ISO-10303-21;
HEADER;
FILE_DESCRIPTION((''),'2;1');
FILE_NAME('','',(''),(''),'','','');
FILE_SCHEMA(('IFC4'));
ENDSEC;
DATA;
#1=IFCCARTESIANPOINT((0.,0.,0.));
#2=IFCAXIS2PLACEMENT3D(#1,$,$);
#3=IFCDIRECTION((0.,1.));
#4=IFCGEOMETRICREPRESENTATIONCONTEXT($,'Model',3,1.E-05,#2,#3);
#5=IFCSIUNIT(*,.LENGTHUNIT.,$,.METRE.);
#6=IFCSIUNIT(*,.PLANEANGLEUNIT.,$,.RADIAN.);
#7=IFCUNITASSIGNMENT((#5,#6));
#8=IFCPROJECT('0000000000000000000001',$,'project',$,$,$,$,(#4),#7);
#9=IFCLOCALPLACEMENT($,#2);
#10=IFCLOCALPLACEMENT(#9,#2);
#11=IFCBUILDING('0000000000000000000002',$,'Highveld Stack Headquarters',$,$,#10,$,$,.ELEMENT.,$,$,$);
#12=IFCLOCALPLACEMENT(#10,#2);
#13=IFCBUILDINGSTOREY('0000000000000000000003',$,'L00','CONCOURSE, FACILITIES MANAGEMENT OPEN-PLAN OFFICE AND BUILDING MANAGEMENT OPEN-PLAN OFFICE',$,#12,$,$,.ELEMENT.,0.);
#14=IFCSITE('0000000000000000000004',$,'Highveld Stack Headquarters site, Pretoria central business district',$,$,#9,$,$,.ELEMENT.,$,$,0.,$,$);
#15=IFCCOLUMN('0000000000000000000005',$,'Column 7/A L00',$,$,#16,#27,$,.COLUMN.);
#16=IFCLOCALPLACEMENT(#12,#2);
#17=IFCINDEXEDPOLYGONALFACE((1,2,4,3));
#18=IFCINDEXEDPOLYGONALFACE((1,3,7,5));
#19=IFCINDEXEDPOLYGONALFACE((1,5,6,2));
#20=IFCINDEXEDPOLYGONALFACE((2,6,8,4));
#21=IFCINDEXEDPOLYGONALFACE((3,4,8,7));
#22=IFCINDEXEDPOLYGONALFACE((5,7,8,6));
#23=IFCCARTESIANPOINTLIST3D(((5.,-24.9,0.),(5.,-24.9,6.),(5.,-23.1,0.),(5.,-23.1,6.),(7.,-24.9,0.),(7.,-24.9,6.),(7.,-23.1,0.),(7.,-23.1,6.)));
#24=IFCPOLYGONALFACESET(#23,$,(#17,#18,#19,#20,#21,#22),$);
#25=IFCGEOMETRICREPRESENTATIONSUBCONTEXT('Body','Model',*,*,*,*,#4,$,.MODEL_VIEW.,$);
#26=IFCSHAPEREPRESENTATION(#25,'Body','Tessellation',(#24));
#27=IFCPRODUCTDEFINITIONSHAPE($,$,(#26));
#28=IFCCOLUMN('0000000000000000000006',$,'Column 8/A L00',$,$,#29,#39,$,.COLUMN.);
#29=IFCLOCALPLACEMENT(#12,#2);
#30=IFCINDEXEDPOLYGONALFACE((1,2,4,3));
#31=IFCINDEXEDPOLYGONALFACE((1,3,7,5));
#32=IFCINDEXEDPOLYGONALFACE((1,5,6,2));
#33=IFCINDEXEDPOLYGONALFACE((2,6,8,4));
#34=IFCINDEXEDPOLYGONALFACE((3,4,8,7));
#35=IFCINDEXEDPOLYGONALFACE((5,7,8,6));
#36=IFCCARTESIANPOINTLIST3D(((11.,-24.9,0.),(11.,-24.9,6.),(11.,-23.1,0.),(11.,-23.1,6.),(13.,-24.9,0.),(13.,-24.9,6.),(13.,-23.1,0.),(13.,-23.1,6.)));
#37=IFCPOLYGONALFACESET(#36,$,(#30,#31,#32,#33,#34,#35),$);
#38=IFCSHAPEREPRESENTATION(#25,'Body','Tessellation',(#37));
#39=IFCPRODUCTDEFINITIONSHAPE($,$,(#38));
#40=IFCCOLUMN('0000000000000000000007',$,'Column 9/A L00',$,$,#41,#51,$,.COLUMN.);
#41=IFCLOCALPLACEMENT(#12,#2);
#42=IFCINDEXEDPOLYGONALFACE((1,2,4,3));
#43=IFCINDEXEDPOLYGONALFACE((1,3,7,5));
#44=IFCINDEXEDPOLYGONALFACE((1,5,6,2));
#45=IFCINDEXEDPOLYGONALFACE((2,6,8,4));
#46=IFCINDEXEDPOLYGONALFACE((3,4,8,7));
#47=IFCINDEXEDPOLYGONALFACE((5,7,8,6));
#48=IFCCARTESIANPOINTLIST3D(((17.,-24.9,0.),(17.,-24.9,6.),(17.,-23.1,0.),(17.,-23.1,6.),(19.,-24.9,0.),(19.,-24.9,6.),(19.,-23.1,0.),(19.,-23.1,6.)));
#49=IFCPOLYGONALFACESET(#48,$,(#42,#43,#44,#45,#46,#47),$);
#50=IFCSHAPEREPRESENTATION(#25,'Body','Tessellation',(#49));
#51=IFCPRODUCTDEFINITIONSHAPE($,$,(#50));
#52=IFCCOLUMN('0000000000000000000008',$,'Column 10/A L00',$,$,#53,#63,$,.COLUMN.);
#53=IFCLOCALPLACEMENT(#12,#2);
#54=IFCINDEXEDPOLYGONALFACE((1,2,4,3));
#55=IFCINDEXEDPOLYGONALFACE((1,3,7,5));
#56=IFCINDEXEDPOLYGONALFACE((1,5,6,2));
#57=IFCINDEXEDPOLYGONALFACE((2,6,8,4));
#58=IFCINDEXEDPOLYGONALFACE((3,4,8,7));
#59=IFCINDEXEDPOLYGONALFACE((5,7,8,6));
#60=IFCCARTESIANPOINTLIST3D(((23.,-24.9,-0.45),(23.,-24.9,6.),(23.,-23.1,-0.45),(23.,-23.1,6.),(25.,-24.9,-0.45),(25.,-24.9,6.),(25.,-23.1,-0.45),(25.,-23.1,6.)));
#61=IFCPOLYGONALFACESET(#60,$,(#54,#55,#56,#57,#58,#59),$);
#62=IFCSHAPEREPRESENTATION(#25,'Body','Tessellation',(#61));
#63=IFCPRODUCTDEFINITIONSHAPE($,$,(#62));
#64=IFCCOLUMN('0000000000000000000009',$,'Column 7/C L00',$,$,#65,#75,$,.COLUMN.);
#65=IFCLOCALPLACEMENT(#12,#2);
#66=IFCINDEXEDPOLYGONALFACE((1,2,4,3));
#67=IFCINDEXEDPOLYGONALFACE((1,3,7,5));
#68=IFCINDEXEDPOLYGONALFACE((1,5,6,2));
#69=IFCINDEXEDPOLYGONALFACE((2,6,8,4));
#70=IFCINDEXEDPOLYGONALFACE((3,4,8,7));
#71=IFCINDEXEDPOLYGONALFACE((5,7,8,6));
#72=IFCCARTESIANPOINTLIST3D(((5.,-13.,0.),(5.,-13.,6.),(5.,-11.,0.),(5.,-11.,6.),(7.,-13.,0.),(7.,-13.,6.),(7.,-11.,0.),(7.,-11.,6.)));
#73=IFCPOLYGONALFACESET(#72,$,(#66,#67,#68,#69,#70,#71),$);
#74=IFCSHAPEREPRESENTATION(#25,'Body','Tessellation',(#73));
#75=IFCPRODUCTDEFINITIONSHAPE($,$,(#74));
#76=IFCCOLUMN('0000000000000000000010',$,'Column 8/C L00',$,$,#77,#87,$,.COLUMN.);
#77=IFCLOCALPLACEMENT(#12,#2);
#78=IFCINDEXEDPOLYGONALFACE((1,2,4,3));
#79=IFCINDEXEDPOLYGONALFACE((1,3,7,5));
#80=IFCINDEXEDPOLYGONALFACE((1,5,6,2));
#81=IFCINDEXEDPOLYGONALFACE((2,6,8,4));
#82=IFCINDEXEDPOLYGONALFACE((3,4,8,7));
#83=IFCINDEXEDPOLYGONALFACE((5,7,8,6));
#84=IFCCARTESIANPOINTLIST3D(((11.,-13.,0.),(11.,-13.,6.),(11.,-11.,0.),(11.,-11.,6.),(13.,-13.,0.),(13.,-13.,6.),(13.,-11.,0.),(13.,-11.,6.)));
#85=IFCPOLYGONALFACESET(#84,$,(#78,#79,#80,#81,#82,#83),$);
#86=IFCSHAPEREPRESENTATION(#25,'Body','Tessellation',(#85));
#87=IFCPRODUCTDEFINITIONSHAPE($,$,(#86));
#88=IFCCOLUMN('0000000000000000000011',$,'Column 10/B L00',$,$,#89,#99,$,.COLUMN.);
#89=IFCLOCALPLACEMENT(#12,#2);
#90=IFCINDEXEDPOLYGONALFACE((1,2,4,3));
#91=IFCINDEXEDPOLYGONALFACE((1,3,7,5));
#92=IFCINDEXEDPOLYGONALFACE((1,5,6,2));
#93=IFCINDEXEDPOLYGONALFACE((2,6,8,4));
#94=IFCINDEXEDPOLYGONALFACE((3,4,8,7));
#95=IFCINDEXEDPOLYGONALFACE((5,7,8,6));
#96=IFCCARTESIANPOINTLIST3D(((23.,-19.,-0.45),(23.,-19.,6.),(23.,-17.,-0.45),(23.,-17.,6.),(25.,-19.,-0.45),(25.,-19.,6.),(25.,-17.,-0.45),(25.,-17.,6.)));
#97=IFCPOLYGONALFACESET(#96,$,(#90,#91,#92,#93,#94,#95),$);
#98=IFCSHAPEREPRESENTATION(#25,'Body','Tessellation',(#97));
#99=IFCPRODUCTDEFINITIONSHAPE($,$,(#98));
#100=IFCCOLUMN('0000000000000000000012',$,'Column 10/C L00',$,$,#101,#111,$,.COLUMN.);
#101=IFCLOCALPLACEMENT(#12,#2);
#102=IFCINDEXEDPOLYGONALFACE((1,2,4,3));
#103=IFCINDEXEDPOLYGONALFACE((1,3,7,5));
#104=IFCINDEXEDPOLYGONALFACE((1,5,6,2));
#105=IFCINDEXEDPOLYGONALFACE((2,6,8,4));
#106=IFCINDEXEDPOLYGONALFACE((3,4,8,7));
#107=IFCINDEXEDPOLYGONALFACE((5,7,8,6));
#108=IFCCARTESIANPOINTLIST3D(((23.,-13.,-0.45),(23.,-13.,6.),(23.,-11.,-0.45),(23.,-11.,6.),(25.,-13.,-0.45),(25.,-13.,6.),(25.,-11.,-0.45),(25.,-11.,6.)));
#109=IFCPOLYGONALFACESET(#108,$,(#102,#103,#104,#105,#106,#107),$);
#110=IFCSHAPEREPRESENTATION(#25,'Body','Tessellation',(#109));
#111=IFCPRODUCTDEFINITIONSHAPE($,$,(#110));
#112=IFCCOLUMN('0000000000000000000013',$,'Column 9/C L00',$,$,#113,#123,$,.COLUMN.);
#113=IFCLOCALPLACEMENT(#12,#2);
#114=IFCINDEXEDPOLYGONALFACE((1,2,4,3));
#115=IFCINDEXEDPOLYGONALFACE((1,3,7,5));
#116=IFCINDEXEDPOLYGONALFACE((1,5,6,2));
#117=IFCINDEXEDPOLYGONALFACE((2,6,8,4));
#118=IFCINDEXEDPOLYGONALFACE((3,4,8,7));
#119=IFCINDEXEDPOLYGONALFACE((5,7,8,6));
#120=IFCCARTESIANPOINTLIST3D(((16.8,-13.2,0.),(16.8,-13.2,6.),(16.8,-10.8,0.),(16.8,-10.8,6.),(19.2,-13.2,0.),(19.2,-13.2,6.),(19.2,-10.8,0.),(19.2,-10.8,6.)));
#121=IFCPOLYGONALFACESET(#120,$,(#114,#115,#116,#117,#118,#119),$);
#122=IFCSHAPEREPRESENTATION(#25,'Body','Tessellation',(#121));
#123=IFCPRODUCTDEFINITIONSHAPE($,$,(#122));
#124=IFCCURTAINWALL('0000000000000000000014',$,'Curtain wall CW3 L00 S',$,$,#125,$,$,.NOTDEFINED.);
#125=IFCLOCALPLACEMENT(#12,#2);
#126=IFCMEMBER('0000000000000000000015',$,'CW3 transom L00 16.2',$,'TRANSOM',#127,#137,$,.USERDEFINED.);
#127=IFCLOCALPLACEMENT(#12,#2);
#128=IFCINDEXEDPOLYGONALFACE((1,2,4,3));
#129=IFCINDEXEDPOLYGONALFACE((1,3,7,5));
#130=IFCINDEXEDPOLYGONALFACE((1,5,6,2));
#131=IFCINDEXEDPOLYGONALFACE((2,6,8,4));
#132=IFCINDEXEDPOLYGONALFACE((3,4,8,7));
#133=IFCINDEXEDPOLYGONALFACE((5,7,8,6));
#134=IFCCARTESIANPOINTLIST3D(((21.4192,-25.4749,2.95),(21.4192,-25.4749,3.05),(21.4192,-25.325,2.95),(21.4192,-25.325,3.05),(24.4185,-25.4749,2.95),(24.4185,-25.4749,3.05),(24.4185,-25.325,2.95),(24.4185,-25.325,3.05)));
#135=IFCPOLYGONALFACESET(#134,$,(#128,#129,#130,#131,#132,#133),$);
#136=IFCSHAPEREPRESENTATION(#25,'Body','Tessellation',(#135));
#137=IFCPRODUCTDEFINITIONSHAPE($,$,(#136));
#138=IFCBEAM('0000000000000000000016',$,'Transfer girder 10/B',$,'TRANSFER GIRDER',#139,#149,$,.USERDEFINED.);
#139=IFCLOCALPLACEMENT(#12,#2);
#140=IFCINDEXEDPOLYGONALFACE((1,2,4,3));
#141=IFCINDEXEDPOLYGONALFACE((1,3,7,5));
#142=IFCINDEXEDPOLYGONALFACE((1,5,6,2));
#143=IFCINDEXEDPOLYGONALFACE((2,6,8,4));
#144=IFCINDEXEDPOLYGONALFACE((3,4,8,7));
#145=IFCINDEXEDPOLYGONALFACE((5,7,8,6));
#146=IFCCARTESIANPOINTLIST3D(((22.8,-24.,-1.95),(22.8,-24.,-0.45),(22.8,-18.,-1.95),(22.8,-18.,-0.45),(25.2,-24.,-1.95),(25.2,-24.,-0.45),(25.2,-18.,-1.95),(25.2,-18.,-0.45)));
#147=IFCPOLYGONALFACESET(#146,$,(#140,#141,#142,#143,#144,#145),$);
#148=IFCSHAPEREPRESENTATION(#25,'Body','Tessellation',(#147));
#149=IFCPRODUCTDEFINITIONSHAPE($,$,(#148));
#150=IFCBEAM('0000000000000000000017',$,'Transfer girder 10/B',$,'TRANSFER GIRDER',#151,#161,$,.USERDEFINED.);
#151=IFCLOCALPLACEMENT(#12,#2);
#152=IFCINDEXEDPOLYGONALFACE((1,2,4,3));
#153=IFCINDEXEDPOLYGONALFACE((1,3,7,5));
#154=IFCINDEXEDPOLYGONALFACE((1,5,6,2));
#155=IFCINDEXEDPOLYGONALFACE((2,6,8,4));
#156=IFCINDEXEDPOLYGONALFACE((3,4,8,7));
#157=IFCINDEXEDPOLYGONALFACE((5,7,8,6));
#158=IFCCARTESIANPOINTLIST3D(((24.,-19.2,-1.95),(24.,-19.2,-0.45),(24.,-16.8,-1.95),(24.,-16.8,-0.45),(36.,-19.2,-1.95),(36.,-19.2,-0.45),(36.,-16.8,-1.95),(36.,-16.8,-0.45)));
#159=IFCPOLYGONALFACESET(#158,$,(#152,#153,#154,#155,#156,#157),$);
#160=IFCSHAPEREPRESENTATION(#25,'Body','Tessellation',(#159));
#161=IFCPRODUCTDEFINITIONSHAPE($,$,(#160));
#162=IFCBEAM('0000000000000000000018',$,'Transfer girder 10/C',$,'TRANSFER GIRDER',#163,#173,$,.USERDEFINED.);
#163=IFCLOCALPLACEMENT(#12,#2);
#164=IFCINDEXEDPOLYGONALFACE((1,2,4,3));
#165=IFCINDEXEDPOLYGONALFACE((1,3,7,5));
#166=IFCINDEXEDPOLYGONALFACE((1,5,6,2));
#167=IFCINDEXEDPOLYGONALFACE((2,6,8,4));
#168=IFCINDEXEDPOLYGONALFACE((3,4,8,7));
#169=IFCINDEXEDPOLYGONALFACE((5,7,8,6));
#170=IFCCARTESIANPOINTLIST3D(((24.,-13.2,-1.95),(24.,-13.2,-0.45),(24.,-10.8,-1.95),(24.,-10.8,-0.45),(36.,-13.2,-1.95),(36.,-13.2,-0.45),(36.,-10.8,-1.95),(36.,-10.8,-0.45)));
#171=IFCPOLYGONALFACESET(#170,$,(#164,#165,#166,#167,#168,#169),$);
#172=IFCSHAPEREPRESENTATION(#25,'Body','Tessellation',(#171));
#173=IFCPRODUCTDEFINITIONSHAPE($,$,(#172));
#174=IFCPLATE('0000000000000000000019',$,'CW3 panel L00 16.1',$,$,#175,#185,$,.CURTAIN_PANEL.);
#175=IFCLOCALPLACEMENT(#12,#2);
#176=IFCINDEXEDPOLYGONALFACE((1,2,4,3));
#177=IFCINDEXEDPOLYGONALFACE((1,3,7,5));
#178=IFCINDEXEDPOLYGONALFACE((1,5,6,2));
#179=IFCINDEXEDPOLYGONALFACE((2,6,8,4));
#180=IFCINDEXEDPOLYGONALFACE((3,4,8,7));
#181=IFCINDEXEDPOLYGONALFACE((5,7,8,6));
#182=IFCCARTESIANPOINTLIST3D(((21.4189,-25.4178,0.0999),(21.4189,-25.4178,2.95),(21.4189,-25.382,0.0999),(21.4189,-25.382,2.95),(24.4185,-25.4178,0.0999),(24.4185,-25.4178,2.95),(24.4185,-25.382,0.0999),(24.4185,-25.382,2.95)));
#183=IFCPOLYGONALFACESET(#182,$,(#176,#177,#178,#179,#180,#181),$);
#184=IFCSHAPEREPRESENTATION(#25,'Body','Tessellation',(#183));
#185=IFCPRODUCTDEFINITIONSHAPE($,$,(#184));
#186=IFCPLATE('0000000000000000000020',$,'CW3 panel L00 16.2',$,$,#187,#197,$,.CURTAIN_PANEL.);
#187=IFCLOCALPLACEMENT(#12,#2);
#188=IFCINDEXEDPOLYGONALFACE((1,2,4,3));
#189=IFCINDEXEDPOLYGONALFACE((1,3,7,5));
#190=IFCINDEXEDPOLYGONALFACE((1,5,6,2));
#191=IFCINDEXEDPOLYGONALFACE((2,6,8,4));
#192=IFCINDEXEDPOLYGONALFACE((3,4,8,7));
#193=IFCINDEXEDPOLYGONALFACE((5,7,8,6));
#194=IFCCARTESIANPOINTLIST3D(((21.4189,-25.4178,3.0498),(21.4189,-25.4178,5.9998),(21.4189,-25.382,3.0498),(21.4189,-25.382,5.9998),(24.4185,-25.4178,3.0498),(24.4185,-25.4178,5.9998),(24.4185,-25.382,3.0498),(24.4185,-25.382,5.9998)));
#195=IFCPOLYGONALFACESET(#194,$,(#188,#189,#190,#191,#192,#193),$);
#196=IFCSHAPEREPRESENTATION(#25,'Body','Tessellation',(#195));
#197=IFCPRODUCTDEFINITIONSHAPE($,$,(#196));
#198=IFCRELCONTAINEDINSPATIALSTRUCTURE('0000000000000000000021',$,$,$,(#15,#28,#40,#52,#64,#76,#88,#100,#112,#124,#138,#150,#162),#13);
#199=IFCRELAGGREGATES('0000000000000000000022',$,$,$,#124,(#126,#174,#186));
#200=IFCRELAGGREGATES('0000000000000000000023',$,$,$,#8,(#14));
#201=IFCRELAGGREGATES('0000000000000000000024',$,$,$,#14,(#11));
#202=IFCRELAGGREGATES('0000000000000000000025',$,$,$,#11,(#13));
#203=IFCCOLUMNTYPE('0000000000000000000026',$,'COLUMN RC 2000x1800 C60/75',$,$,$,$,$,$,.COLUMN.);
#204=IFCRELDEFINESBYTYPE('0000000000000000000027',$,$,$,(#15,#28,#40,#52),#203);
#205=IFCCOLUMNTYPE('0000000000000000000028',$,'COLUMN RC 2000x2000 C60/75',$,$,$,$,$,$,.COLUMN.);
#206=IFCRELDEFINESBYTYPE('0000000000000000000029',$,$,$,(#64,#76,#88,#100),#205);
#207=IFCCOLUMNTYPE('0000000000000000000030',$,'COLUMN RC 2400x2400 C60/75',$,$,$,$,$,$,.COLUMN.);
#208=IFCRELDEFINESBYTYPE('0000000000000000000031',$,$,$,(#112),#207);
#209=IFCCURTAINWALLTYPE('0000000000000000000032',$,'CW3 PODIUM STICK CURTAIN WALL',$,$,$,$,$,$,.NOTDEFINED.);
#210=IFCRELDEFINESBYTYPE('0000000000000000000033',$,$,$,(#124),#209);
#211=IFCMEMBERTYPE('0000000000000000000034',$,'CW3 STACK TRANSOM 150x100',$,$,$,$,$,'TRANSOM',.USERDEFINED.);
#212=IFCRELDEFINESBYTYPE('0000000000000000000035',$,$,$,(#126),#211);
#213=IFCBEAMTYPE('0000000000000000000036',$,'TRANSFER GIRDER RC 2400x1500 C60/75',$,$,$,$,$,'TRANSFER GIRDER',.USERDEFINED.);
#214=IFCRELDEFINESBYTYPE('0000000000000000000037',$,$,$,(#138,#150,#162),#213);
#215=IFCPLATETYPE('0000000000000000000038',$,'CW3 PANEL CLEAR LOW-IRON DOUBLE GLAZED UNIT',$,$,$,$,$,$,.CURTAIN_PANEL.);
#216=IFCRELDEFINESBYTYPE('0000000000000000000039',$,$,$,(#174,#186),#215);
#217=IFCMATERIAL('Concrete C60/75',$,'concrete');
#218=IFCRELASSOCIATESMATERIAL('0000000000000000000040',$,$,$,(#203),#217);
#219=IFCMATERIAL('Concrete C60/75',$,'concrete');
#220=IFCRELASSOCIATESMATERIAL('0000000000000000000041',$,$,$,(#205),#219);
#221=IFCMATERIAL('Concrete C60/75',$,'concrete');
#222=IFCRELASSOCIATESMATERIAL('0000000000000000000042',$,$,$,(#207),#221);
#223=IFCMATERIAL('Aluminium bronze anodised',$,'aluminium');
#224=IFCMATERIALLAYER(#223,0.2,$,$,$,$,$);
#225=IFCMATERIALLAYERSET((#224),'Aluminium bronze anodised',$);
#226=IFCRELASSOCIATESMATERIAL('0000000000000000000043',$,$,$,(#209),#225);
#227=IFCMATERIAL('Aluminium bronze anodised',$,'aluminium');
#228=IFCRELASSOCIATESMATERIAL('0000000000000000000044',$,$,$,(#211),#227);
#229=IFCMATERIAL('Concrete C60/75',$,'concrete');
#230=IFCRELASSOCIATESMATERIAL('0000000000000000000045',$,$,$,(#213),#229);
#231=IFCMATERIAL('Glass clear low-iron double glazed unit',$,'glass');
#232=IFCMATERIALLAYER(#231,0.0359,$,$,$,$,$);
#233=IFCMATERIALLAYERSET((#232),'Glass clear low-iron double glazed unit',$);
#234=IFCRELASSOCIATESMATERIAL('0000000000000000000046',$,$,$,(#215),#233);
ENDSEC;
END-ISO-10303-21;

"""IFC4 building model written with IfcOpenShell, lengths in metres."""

from ifc_helpers import new_model, si_unit, direction, frame, origin, origin_2d, place, context, subcontext, project, spatial, rectangle, extrude, material, layer, layer_set, material_profile, profile_set, type_object, element, aggregate, save


model = new_model("IFC4")

# Units and contexts
model_context = context("Model", 3, precision=1e-05, world=origin(), true_north=direction((0.0, 1.0)))
body_context = subcontext(model_context, "Body", "Model", "MODEL_VIEW")
ifc_project = project(units=[si_unit("LENGTHUNIT", "METRE"), si_unit("PLANEANGLEUNIT", "RADIAN")], contexts=[model_context])

# Site, building, storey
site_placement = place(None, origin())
site = spatial("IfcSite", under=ifc_project, at=site_placement, Name="Highveld Stack Headquarters site, Pretoria central business district", CompositionType="ELEMENT", RefElevation=0.0)
building_placement = place(site_placement, origin())
building = spatial("IfcBuilding", under=site, at=building_placement, Name="Highveld Stack Headquarters", CompositionType="ELEMENT")
storey_placement = place(building_placement, origin())
storey = spatial("IfcBuildingStorey", under=building, at=storey_placement, Name="L00", Description="CONCOURSE, FACILITIES MANAGEMENT OPEN-PLAN OFFICE AND BUILDING MANAGEMENT OPEN-PLAN OFFICE", CompositionType="ELEMENT", Elevation=0.0)

# Columns
ifc_material_1 = material(Name="Concrete C60/75", Category="concrete")
ifc_material_profile_1 = material_profile(ifc_material_1, rectangle(XDim=2.0, YDim=1.8, at=origin_2d()), Name="RC 2000x1800")
ifc_profile_set_1 = profile_set([ifc_material_profile_1], Name="Concrete C60/75")
column_type_1 = type_object("IfcColumnType", Name="COLUMN RC 2000x1800 C60/75", PredefinedType="COLUMN", material=ifc_profile_set_1)
for number, where, z_axis, x_axis, name in (
    (1, (6.0, -24.0, 0.0), (0.0, 0.0, 1.0), (1.0, 0.0, 0.0), "Column 7/A L00"),
    (2, (12.0, -24.0, 0.0), (0.0, 0.0, 1.0), (1.0, 0.0, 0.0), "Column 8/A L00"),
    (3, (18.0, -24.0, 0.0), (0.0, 0.0, 1.0), (1.0, 0.0, 0.0), "Column 9/A L00"),
):
    element("IfcColumn", number, at=place(storey_placement, frame(where, z_axis=z_axis, x_axis=x_axis)), inside=storey, type_object=column_type_1, Name=name, PredefinedType="COLUMN", context=body_context, shape_type="SweptSolid", body=[
        extrude(rectangle(XDim=2.0, YDim=1.8, at=origin_2d()), origin(), (0.0, 0.0, 1.0), 6.0),
    ])
column_1_placement = place(storey_placement, frame((24.0, -24.0, -0.45), z_axis=(0.0, 0.0, 1.0), x_axis=(1.0, 0.0, 0.0)))
element("IfcColumn", 4, at=column_1_placement, inside=storey, type_object=column_type_1, Name="Column 10/A L00", PredefinedType="COLUMN", context=body_context, shape_type="SweptSolid", body=[
    extrude(rectangle(XDim=2.0, YDim=1.8, at=origin_2d()), origin(), (0.0, 0.0, 1.0), 6.45),
])
ifc_material_2 = material(Name="Concrete C60/75", Category="concrete")
ifc_material_profile_2 = material_profile(ifc_material_2, rectangle(XDim=2.0, YDim=2.0, at=origin_2d()), Name="RC 2000x2000")
ifc_profile_set_2 = profile_set([ifc_material_profile_2], Name="Concrete C60/75")
column_type_2 = type_object("IfcColumnType", Name="COLUMN RC 2000x2000 C60/75", PredefinedType="COLUMN", material=ifc_profile_set_2)
for number, where, z_axis, x_axis, name in (
    (5, (6.0, -12.0, 0.0), (0.0, 0.0, 1.0), (1.0, 0.0, 0.0), "Column 7/C L00"),
    (6, (12.0, -12.0, 0.0), (0.0, 0.0, 1.0), (1.0, 0.0, 0.0), "Column 8/C L00"),
):
    element("IfcColumn", number, at=place(storey_placement, frame(where, z_axis=z_axis, x_axis=x_axis)), inside=storey, type_object=column_type_2, Name=name, PredefinedType="COLUMN", context=body_context, shape_type="SweptSolid", body=[
        extrude(rectangle(XDim=2.0, YDim=2.0, at=origin_2d()), origin(), (0.0, 0.0, 1.0), 6.0),
    ])
for number, where, z_axis, x_axis, name in (
    (7, (24.0, -18.0, -0.45), (0.0, 0.0, 1.0), (1.0, 0.0, 0.0), "Column 10/B L00"),
    (8, (24.0, -12.0, -0.45), (0.0, 0.0, 1.0), (1.0, 0.0, 0.0), "Column 10/C L00"),
):
    element("IfcColumn", number, at=place(storey_placement, frame(where, z_axis=z_axis, x_axis=x_axis)), inside=storey, type_object=column_type_2, Name=name, PredefinedType="COLUMN", context=body_context, shape_type="SweptSolid", body=[
        extrude(rectangle(XDim=2.0, YDim=2.0, at=origin_2d()), origin(), (0.0, 0.0, 1.0), 6.45),
    ])
ifc_material_3 = material(Name="Concrete C60/75", Category="concrete")
ifc_material_profile_3 = material_profile(ifc_material_3, rectangle(XDim=2.3999, YDim=2.3999, at=origin_2d()), Name="RC 2400x2400")
ifc_profile_set_3 = profile_set([ifc_material_profile_3], Name="Concrete C60/75")
column_type_3 = type_object("IfcColumnType", Name="COLUMN RC 2400x2400 C60/75", PredefinedType="COLUMN", material=ifc_profile_set_3)
column_2_placement = place(storey_placement, frame((18.0, -12.0, 0.0), z_axis=(0.0, 0.0, 1.0), x_axis=(1.0, 0.0, 0.0)))
element("IfcColumn", 9, at=column_2_placement, inside=storey, type_object=column_type_3, Name="Column 9/C L00", PredefinedType="COLUMN", context=body_context, shape_type="SweptSolid", body=[
    extrude(rectangle(XDim=2.3999, YDim=2.3999, at=origin_2d()), origin(), (0.0, 0.0, 1.0), 6.0),
])

# Curtain wall, member
ifc_material_4 = material(Name="Aluminium bronze anodised", Category="aluminium")
ifc_layer_1 = layer(ifc_material_4, 0.2)
ifc_layer_set_1 = layer_set([ifc_layer_1], Name="Aluminium bronze anodised")
curtain_wall_type = type_object("IfcCurtainWallType", Name="CW3 PODIUM STICK CURTAIN WALL", PredefinedType="NOTDEFINED", material=ifc_layer_set_1)
curtain_wall_placement = place(storey_placement, origin())
curtain_wall = element("IfcCurtainWall", 10, at=curtain_wall_placement, inside=storey, type_object=curtain_wall_type, Name="Curtain wall CW3 L00 S", PredefinedType="NOTDEFINED")
ifc_material_5 = material(Name="Aluminium bronze anodised", Category="aluminium")
ifc_material_profile_4 = material_profile(ifc_material_5, rectangle(XDim=0.1499, YDim=0.1001, at=origin_2d()), Name="CW3 TRANSOM 150x100")
ifc_profile_set_4 = profile_set([ifc_material_profile_4], Name="Aluminium bronze anodised")
member_type = type_object("IfcMemberType", Name="CW3 STACK TRANSOM 150x100", ElementType="TRANSOM", PredefinedType="USERDEFINED", material=ifc_profile_set_4)
member_placement = place(storey_placement, frame((21.4192, -25.3999, 3.0), z_axis=(1.0, 0.0, 0.0), x_axis=(0.0, 1.0, 0.0)))
member = element("IfcMember", 11, at=member_placement, type_object=member_type, Name="CW3 transom L00 16.2", ObjectType="TRANSOM", PredefinedType="USERDEFINED", context=body_context, shape_type="SweptSolid", body=[
    extrude(rectangle(XDim=0.1499, YDim=0.1001, at=origin_2d()), origin(), (0.0, 0.0, 1.0), 2.9993),
])

# Beams
ifc_material_6 = material(Name="Concrete C60/75", Category="concrete")
ifc_material_profile_5 = material_profile(ifc_material_6, rectangle(XDim=2.3999, YDim=1.5, at=origin_2d()), Name="RC 2400x1500")
ifc_profile_set_5 = profile_set([ifc_material_profile_5], Name="Concrete C60/75")
beam_type = type_object("IfcBeamType", Name="TRANSFER GIRDER RC 2400x1500 C60/75", ElementType="TRANSFER GIRDER", PredefinedType="USERDEFINED", material=ifc_profile_set_5)
beam_placement = place(storey_placement, frame((24.0, -18.0, -1.2), z_axis=(0.0, -1.0, 0.0), x_axis=(1.0, 0.0, 0.0)))
element("IfcBeam", 12, at=beam_placement, inside=storey, type_object=beam_type, Name="Transfer girder 10/B", ObjectType="TRANSFER GIRDER", PredefinedType="USERDEFINED", context=body_context, shape_type="SweptSolid", body=[
    extrude(rectangle(XDim=2.3999, YDim=1.5, at=origin_2d()), origin(), (0.0, 0.0, 1.0), 6.0),
])
for number, where, z_axis, x_axis, name in (
    (13, (24.0, -18.0, -1.2), (1.0, 0.0, 0.0), (0.0, 1.0, 0.0), "Transfer girder 10/B"),
    (14, (24.0, -12.0, -1.2), (1.0, 0.0, 0.0), (0.0, 1.0, 0.0), "Transfer girder 10/C"),
):
    element("IfcBeam", number, at=place(storey_placement, frame(where, z_axis=z_axis, x_axis=x_axis)), inside=storey, type_object=beam_type, Name=name, ObjectType="TRANSFER GIRDER", PredefinedType="USERDEFINED", context=body_context, shape_type="SweptSolid", body=[
        extrude(rectangle(XDim=2.3999, YDim=1.5, at=origin_2d()), origin(), (0.0, 0.0, 1.0), 12.0),
    ])

# Plates
ifc_material_7 = material(Name="Glass clear low-iron double glazed unit", Category="glass")
ifc_layer_2 = layer(ifc_material_7, 0.0359)
ifc_layer_set_2 = layer_set([ifc_layer_2], Name="Glass clear low-iron double glazed unit")
plate_type = type_object("IfcPlateType", Name="CW3 PANEL CLEAR LOW-IRON DOUBLE GLAZED UNIT", PredefinedType="CURTAIN_PANEL", material=ifc_layer_set_2)
plate_1_placement = place(storey_placement, frame((22.9187, -25.3999, 0.0999), z_axis=(0.0, 0.0, 1.0), x_axis=(1.0, 0.0, 0.0)))
plate_1 = element("IfcPlate", 15, at=plate_1_placement, type_object=plate_type, Name="CW3 panel L00 16.1", PredefinedType="CURTAIN_PANEL", context=body_context, shape_type="SweptSolid", body=[
    extrude(rectangle(XDim=2.9995, YDim=0.0359, at=origin_2d()), origin(), (0.0, 0.0, 1.0), 2.8501),
])
plate_2_placement = place(storey_placement, frame((22.9187, -25.3999, 3.0498), z_axis=(0.0, 0.0, 1.0), x_axis=(1.0, 0.0, 0.0)))
plate_2 = element("IfcPlate", 16, at=plate_2_placement, type_object=plate_type, Name="CW3 panel L00 16.2", PredefinedType="CURTAIN_PANEL", context=body_context, shape_type="SweptSolid", body=[
    extrude(rectangle(XDim=2.9995, YDim=0.0359, at=origin_2d()), origin(), (0.0, 0.0, 1.0), 2.95),
])
aggregate(curtain_wall, [member, plate_1, plate_2])

save(model, "model.ifc")
